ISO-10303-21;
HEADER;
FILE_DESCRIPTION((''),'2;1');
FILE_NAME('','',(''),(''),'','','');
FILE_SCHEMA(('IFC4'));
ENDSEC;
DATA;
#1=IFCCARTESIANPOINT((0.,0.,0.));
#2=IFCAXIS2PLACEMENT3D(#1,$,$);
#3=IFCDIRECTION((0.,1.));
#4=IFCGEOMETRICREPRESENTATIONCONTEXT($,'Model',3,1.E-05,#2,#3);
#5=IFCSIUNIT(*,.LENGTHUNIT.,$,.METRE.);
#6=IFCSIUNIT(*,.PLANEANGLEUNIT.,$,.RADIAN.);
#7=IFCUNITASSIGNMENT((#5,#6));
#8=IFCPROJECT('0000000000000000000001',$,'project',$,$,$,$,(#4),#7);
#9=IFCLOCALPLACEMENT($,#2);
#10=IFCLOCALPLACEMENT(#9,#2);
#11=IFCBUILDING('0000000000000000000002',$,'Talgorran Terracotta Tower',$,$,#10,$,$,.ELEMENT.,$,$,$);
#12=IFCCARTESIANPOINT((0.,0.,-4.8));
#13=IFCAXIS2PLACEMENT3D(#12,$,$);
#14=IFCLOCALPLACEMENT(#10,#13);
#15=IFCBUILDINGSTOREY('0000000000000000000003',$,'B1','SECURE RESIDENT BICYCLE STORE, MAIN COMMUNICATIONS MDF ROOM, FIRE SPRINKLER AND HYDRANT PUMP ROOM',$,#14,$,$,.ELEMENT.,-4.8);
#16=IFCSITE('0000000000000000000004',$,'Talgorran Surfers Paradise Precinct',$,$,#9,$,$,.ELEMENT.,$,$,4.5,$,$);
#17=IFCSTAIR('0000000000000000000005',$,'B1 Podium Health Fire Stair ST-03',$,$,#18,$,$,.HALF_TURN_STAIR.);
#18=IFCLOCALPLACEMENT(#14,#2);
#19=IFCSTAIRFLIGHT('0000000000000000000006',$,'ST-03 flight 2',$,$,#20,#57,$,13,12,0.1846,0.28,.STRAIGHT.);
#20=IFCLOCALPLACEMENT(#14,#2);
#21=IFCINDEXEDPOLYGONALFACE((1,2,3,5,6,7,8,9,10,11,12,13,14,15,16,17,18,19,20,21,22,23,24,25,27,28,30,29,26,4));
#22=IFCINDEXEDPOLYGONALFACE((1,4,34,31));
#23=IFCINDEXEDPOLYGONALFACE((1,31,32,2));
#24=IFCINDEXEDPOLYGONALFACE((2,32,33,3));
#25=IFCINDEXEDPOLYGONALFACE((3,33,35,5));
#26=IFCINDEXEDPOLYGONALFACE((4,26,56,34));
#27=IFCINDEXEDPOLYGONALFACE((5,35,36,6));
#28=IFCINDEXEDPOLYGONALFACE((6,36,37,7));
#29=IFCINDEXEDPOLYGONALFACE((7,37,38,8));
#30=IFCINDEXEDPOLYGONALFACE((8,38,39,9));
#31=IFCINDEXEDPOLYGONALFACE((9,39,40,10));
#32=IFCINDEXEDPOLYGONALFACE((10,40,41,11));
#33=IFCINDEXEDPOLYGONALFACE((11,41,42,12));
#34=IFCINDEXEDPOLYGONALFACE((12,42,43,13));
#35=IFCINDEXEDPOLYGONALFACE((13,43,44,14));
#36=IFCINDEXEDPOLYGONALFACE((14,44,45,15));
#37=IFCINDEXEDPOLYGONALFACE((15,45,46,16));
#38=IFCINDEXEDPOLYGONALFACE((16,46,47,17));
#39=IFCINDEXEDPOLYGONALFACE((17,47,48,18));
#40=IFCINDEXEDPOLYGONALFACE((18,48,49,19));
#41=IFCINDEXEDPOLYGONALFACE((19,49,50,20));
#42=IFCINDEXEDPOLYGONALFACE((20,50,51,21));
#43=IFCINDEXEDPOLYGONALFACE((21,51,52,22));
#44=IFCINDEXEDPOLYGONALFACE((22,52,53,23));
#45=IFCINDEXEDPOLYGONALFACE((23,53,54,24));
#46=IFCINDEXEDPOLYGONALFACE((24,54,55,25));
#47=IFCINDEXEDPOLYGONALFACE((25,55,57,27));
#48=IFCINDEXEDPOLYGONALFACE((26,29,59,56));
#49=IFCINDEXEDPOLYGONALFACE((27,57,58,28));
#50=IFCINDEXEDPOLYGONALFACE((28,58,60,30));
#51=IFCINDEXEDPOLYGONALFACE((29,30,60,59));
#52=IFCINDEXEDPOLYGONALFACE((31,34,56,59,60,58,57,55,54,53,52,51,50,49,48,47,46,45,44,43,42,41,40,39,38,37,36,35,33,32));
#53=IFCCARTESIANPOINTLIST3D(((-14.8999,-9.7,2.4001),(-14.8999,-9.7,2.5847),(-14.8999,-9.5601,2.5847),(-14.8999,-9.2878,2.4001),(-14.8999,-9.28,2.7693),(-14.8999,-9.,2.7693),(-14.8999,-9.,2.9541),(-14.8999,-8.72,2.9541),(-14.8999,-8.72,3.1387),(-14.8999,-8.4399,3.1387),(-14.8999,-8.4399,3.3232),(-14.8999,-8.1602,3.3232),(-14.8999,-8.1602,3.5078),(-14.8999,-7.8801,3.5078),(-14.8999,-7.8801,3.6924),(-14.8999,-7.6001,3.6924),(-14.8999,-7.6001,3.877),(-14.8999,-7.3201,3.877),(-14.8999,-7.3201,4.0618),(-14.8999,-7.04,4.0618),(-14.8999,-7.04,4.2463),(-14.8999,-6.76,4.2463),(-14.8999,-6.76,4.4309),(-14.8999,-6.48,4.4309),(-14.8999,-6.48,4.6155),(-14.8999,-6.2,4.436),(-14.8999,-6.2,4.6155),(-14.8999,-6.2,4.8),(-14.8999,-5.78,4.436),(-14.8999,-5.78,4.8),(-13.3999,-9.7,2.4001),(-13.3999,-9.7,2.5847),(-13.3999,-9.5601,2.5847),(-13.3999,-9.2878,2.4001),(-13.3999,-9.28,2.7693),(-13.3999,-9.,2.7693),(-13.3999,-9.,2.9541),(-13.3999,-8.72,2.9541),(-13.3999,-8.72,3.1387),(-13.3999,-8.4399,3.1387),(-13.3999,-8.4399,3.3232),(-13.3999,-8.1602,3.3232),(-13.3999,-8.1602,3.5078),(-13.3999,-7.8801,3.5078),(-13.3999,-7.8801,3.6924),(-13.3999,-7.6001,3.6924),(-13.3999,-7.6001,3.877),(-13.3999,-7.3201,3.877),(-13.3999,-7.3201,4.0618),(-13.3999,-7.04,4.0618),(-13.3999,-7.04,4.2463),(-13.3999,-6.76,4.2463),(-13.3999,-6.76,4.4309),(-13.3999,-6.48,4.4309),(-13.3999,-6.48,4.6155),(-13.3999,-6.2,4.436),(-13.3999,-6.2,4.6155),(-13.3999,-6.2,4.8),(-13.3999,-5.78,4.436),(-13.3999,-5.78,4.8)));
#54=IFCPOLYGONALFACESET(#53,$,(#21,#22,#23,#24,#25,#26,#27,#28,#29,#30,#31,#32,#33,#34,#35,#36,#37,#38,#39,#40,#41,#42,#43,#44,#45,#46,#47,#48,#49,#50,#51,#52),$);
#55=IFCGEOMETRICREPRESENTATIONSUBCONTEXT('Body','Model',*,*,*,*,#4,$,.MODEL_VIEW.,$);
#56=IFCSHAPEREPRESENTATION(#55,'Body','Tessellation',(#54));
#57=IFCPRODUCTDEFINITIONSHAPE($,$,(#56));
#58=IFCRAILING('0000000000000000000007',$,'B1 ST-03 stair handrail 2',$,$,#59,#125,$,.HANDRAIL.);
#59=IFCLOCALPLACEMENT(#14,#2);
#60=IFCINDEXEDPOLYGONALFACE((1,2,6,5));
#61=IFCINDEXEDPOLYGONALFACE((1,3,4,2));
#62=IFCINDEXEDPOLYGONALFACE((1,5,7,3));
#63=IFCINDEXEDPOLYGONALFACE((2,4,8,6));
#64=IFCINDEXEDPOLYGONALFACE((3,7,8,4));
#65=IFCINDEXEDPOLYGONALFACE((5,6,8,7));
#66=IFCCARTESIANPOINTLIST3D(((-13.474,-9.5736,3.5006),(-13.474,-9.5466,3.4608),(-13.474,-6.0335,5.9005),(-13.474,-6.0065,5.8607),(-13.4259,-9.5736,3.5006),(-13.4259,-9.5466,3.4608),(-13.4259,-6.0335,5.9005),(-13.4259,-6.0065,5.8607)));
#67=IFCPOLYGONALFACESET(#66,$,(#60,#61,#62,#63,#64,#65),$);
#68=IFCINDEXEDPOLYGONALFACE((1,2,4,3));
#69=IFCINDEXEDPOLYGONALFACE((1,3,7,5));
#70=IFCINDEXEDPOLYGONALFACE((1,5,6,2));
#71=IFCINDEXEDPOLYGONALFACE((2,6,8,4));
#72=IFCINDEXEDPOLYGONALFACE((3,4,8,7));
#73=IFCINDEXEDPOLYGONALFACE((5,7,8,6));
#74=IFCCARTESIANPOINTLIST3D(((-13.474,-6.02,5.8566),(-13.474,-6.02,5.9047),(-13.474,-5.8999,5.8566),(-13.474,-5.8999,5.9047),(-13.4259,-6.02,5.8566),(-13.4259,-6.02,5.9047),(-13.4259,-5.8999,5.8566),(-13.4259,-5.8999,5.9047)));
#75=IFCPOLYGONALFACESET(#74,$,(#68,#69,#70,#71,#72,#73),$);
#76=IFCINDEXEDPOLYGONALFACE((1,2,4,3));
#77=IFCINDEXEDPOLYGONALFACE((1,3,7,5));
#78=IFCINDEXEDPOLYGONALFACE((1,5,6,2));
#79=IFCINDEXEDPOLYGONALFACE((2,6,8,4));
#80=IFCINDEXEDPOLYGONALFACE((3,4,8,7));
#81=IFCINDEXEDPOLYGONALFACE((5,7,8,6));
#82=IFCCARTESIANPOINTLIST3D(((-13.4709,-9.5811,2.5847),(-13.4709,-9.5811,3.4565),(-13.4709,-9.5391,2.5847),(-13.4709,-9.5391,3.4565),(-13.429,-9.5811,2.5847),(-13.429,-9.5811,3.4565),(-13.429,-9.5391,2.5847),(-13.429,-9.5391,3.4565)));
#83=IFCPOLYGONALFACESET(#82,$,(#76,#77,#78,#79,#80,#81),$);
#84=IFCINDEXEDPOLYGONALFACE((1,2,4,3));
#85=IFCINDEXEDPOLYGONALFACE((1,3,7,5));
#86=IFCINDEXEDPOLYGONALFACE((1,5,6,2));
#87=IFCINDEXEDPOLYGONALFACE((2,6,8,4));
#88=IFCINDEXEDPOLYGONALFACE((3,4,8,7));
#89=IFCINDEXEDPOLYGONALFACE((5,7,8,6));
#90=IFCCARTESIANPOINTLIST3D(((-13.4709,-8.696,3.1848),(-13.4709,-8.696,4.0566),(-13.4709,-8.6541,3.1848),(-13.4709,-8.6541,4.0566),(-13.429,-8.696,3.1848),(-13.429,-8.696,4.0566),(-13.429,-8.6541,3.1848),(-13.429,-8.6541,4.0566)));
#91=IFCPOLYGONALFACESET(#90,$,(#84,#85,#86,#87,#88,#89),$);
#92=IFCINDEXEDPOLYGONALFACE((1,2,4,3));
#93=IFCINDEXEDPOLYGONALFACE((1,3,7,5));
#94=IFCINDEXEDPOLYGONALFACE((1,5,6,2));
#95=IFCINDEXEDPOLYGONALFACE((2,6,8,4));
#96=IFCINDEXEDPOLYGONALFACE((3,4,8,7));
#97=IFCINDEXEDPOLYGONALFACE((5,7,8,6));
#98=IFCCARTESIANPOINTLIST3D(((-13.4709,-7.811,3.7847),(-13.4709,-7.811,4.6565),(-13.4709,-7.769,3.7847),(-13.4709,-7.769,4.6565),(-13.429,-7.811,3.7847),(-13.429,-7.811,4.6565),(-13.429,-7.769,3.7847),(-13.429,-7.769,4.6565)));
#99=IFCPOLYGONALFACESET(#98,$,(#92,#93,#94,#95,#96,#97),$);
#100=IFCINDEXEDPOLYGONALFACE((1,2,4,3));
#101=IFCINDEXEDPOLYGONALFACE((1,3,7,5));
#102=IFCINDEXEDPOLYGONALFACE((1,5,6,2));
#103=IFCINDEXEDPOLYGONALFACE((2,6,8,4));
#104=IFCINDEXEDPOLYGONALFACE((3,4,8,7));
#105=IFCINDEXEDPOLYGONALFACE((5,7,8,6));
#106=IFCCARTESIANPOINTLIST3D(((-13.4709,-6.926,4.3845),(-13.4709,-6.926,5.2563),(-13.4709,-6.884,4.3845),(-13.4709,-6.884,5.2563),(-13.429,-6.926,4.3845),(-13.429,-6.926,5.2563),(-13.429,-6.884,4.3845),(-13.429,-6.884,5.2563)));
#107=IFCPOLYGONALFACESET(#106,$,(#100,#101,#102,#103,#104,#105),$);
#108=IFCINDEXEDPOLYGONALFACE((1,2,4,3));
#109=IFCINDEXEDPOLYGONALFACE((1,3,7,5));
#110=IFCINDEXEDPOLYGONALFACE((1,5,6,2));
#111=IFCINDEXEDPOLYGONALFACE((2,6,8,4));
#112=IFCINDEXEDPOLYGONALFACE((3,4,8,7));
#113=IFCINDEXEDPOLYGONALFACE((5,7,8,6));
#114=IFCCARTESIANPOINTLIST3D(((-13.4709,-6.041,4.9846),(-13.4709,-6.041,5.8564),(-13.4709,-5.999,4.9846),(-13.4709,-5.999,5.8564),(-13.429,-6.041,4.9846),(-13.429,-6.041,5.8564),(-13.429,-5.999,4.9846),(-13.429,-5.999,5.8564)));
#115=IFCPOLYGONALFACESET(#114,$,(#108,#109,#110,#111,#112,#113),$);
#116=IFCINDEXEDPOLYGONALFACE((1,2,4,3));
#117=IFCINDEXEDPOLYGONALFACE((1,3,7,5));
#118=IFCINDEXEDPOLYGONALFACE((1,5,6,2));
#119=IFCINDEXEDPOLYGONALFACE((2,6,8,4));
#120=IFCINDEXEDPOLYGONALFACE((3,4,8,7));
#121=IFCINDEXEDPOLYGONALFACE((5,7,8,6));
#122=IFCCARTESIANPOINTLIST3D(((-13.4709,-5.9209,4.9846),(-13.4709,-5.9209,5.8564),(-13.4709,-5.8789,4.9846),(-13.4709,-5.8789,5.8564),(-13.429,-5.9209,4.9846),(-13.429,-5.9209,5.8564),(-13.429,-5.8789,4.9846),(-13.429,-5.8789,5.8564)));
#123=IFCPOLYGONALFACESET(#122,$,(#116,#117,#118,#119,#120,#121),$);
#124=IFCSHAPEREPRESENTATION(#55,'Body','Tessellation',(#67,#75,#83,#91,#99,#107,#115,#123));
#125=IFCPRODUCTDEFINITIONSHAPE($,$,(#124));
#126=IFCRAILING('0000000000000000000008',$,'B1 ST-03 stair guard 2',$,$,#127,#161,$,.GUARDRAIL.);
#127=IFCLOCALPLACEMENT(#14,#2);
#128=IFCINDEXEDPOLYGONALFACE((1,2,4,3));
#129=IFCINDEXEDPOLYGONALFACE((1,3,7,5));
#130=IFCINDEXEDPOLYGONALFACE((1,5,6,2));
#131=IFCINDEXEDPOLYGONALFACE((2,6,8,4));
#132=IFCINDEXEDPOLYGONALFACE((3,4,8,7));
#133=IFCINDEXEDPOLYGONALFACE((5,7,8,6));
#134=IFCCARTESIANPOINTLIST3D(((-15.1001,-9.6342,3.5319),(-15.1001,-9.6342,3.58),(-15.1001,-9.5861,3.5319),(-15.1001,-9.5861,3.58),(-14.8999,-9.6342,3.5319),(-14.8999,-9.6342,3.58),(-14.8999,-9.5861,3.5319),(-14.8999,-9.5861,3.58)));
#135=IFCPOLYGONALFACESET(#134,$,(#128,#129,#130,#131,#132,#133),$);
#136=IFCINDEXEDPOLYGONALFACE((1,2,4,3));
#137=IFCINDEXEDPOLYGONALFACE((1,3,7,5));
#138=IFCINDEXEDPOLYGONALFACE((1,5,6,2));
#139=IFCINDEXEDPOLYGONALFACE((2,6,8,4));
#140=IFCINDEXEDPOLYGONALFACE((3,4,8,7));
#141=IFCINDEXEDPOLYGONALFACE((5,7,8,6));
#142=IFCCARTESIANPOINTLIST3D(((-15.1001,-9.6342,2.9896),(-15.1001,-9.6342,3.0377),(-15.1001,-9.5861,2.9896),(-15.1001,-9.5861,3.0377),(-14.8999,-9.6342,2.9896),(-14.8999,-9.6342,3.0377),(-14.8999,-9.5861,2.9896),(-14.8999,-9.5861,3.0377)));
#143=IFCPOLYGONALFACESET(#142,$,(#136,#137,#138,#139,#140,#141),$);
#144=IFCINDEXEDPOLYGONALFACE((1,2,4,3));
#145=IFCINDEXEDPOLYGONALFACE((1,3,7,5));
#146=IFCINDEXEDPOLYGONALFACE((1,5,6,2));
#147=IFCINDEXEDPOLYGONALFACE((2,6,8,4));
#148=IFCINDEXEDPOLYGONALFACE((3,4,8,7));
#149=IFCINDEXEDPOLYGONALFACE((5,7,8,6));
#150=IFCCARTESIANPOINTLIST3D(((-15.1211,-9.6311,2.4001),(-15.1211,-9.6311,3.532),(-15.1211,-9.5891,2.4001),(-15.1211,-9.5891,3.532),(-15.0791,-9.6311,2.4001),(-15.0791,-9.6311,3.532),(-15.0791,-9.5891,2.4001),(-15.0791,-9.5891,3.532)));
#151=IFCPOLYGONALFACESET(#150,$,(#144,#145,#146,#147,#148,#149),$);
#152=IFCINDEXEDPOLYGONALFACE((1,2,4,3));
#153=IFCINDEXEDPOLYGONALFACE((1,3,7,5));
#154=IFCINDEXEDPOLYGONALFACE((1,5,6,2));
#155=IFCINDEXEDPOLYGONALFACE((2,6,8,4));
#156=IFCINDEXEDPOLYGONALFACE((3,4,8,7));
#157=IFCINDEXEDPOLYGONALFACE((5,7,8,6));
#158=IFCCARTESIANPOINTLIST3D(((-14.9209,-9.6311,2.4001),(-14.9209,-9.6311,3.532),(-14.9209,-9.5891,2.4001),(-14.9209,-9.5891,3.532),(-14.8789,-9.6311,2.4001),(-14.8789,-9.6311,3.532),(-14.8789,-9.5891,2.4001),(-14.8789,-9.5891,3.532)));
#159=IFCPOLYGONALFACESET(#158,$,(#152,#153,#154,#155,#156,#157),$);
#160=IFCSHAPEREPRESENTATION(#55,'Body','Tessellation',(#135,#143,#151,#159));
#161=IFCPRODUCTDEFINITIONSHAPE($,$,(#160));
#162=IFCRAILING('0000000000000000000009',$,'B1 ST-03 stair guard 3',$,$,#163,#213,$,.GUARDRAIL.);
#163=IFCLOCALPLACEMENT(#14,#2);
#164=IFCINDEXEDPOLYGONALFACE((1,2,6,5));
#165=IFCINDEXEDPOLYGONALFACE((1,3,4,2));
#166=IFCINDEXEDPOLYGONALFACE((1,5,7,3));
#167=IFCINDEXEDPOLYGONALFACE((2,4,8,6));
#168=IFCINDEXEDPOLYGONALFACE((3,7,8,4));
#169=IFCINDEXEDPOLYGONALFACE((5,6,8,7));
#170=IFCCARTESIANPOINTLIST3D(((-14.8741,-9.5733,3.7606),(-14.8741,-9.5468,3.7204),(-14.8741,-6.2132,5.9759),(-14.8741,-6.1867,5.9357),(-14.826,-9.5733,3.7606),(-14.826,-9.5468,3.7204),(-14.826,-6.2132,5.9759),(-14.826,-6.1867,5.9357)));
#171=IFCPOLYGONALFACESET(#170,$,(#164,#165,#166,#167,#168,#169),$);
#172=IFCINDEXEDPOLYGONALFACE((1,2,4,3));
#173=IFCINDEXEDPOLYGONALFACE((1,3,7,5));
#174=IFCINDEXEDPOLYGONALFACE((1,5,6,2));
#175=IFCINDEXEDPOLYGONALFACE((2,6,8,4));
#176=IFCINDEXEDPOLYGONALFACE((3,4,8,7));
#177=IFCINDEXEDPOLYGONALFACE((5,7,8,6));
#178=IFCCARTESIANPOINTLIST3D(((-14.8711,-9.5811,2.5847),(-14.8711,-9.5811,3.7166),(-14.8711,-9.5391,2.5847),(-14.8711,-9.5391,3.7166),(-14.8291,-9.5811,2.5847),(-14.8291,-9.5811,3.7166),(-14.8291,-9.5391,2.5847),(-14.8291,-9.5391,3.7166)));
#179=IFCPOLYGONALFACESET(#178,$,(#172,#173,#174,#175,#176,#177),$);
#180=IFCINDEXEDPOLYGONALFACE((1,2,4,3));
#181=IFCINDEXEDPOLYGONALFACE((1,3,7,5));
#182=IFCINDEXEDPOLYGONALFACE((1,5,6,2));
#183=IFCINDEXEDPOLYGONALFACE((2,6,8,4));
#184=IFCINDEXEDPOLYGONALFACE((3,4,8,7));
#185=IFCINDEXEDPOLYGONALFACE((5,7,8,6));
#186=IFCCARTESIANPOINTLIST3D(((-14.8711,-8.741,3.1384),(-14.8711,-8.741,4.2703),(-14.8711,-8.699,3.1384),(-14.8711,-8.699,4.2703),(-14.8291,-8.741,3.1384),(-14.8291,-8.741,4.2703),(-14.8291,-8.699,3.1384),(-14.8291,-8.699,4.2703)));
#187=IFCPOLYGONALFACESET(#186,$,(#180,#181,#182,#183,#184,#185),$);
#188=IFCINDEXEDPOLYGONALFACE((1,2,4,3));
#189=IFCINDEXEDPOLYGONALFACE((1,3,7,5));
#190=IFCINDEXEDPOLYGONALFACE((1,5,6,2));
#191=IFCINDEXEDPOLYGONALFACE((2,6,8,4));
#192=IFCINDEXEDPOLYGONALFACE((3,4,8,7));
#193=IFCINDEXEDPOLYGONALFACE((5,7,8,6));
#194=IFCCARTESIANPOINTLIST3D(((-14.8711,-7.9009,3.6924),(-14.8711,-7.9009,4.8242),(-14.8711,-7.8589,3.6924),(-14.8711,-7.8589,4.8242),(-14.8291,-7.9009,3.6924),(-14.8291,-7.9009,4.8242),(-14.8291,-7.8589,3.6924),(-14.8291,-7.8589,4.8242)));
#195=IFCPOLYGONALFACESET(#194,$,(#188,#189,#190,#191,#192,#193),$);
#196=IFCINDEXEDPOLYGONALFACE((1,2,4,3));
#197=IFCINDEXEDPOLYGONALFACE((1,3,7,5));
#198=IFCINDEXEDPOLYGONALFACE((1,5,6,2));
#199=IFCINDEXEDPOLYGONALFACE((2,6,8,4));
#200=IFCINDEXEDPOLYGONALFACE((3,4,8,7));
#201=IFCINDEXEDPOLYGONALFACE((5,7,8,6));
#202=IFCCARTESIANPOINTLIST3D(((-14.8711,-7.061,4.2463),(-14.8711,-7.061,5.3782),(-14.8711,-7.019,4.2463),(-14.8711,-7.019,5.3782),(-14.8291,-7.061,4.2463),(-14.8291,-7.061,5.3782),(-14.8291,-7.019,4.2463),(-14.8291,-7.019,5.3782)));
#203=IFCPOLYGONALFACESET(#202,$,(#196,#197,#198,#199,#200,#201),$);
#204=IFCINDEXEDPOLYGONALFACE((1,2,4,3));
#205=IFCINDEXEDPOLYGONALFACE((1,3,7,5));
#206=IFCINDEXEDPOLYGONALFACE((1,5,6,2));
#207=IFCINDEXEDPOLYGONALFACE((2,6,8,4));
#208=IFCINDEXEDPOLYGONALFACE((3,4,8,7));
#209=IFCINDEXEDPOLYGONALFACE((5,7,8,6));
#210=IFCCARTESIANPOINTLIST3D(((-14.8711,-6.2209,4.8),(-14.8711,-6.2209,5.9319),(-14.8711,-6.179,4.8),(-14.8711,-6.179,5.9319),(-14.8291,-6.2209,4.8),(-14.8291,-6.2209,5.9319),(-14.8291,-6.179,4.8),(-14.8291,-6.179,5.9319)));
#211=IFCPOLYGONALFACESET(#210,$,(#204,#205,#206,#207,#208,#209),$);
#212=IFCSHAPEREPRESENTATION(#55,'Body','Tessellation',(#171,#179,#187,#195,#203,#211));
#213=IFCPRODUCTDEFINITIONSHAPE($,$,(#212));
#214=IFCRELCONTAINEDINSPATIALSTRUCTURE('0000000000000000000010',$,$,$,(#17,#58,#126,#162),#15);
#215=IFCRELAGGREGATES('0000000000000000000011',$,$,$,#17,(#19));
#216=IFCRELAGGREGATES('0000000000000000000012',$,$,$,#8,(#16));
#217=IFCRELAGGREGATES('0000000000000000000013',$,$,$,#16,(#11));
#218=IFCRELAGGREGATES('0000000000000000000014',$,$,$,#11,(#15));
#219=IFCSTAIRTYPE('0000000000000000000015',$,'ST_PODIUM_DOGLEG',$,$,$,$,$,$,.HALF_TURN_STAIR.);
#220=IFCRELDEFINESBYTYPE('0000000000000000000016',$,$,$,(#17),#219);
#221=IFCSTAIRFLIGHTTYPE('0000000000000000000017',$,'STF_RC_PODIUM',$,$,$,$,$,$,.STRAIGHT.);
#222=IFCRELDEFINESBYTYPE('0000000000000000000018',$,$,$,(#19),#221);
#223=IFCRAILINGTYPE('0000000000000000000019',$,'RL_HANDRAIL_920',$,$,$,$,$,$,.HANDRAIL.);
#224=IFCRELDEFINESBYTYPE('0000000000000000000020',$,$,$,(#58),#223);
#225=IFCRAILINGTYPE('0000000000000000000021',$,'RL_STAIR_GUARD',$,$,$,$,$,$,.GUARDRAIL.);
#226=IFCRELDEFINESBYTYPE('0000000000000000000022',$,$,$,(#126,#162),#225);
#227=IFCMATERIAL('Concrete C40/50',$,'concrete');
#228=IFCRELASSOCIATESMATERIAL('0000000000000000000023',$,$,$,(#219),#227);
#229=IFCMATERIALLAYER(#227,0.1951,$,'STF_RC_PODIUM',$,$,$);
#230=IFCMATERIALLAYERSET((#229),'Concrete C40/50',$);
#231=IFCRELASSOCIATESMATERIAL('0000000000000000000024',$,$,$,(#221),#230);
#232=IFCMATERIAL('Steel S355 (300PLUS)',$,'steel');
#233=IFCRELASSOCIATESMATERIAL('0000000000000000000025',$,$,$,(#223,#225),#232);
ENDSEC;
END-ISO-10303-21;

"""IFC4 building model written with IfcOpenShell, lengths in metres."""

from ifc_helpers import new_model, si_unit, direction, frame, origin, origin_2d, place, context, subcontext, project, spatial, polyline, rectangle, outline, extrude, material, layer, layer_set, type_object, element, aggregate, save


model = new_model("IFC4")

# Units and contexts
model_context = context("Model", 3, precision=1e-05, world=origin(), true_north=direction((0.0, 1.0)))
body_context = subcontext(model_context, "Body", "Model", "MODEL_VIEW")
ifc_project = project(units=[si_unit("LENGTHUNIT", "METRE"), si_unit("PLANEANGLEUNIT", "RADIAN")], contexts=[model_context])

# Site, building, storey
site_placement = place(None, origin())
site = spatial("IfcSite", under=ifc_project, at=site_placement, Name="Talgorran Surfers Paradise Precinct", CompositionType="ELEMENT", RefElevation=4.5)
building_placement = place(site_placement, origin())
building = spatial("IfcBuilding", under=site, at=building_placement, Name="Talgorran Terracotta Tower", CompositionType="ELEMENT")
storey_placement = place(building_placement, frame((0.0, 0.0, -4.8)))
storey = spatial("IfcBuildingStorey", under=building, at=storey_placement, Name="B1", Description="SECURE RESIDENT BICYCLE STORE, MAIN COMMUNICATIONS MDF ROOM, FIRE SPRINKLER AND HYDRANT PUMP ROOM", CompositionType="ELEMENT", Elevation=-4.8)

# Shared definitions
ifc_material_1 = material(Name="Steel S355 (300PLUS)", Category="steel")

# Stair, stair flight
ifc_material_2 = material(Name="Concrete C40/50", Category="concrete")
stair_type = type_object("IfcStairType", Name="ST_PODIUM_DOGLEG", PredefinedType="HALF_TURN_STAIR", material=ifc_material_2)
stair_placement = place(storey_placement, origin())
stair = element("IfcStair", 1, at=stair_placement, inside=storey, type_object=stair_type, Name="B1 Podium Health Fire Stair ST-03", PredefinedType="HALF_TURN_STAIR")
ifc_layer_1 = layer(ifc_material_2, 0.1951, Name="STF_RC_PODIUM")
ifc_layer_set_1 = layer_set([ifc_layer_1], Name="Concrete C40/50")
stair_flight_type = type_object("IfcStairFlightType", Name="STF_RC_PODIUM", PredefinedType="STRAIGHT", material=ifc_layer_set_1)
stair_flight_placement = place(storey_placement, frame((-14.1499, -9.5601, 2.4001), z_axis=(0.0, 0.0, 1.0), x_axis=(0.0, 1.0, 0.0)))
stair_flight = element("IfcStairFlight", 2, at=stair_flight_placement, type_object=stair_flight_type, Name="ST-03 flight 2", NumberOfRisers=13, NumberOfTreads=12, PredefinedType="STRAIGHT", RiserHeight=0.1846, TreadLength=0.28, context=body_context, shape_type="SweptSolid", body=[
    extrude(outline(polyline([(-0.1399, 0.0), (-0.1399, 0.1846), (0.0, 0.1846), (0.28, 0.3691), (0.5601, 0.3691), (0.5601, 0.554), (0.8401, 0.554), (0.8401, 0.7385), (1.1201, 0.7385), (1.1201, 0.9231), (1.3999, 0.9231), (1.3999, 1.1077), (1.6799, 1.1077), (1.6799, 1.2922), (1.96, 1.2922), (1.96, 1.4768), (2.24, 1.4768), (2.24, 1.6616), (2.52, 1.6616), (2.52, 1.8462), (2.8, 1.8462), (2.8, 2.0308), (3.0801, 2.0308), (3.0801, 2.2153), (3.3601, 2.2153), (3.3601, 2.3999), (3.78, 2.3999), (3.78, 2.0359), (3.3601, 2.0359), (0.2722, 0.0), (-0.1399, 0.0)])), frame((0.0, 0.75, 0.0), z_axis=(0.0, -1.0, 0.0), x_axis=(1.0, 0.0, 0.0)), (0.0, 0.0, 1.0), 1.5),
])
aggregate(stair, [stair_flight])

# Railings
railing_type_1 = type_object("IfcRailingType", Name="RL_HANDRAIL_920", PredefinedType="HANDRAIL", material=ifc_material_1)
railing_1_placement = place(storey_placement, frame((-13.45, -9.5601, 2.5847)))
element("IfcRailing", 3, at=railing_1_placement, inside=storey, type_object=railing_type_1, Name="B1 ST-03 stair handrail 2", PredefinedType="HANDRAIL", context=body_context, shape_type="SweptSolid", body=[
    extrude(rectangle(XDim=0.0481, YDim=0.0481, at=origin_2d()), frame((0.0, 0.0, 0.896), z_axis=(0.0, 0.827722, 0.561138), x_axis=(-1.0, 0.0, 0.0)), (0.0, 0.0, 1.0), 4.2769),
    extrude(rectangle(XDim=0.0481, YDim=0.0481, at=origin_2d()), frame((0.0, 3.54, 3.2959), z_axis=(0.0, 1.0, 0.0), x_axis=(-1.0, 0.0, 0.0)), (0.0, 0.0, 1.0), 0.1201),
    extrude(rectangle(XDim=0.042, YDim=0.042, at=origin_2d()), origin(), (0.0, 0.0, 1.0), 0.8718),
    extrude(rectangle(XDim=0.042, YDim=0.042, at=origin_2d()), frame((0.0, 0.885, 0.6001)), (0.0, 0.0, 1.0), 0.8718),
    extrude(rectangle(XDim=0.042, YDim=0.042, at=origin_2d()), frame((0.0, 1.77, 1.2)), (0.0, 0.0, 1.0), 0.8718),
    extrude(rectangle(XDim=0.042, YDim=0.042, at=origin_2d()), frame((0.0, 2.655, 1.7998)), (0.0, 0.0, 1.0), 0.8718),
    extrude(rectangle(XDim=0.042, YDim=0.042, at=origin_2d()), frame((0.0, 3.54, 2.3999)), (0.0, 0.0, 1.0), 0.8718),
    extrude(rectangle(XDim=0.042, YDim=0.042, at=origin_2d()), frame((0.0, 3.6602, 2.3999)), (0.0, 0.0, 1.0), 0.8718),
])
railing_type_2 = type_object("IfcRailingType", Name="RL_STAIR_GUARD", PredefinedType="GUARDRAIL", material=ifc_material_1)
railing_2_placement = place(storey_placement, frame((-15.1001, -9.6101, 2.4001)))
element("IfcRailing", 4, at=railing_2_placement, inside=storey, type_object=railing_type_2, Name="B1 ST-03 stair guard 2", PredefinedType="GUARDRAIL", context=body_context, shape_type="SweptSolid", body=[
    extrude(rectangle(XDim=0.0481, YDim=0.0481, at=origin_2d()), frame((0.0, 0.0, 1.1558), z_axis=(1.0, 0.0, 0.0), x_axis=(0.0, 1.0, 0.0)), (0.0, 0.0, 1.0), 0.2002),
    extrude(rectangle(XDim=0.0481, YDim=0.0481, at=origin_2d()), frame((0.0, 0.0, 0.6135), z_axis=(1.0, 0.0, 0.0), x_axis=(0.0, 1.0, 0.0)), (0.0, 0.0, 1.0), 0.2002),
    extrude(rectangle(XDim=0.042, YDim=0.042, at=origin_2d()), origin(), (0.0, 0.0, 1.0), 1.1318),
    extrude(rectangle(XDim=0.042, YDim=0.042, at=origin_2d()), frame((0.2002, 0.0, 0.0)), (0.0, 0.0, 1.0), 1.1318),
])
railing_3_placement = place(storey_placement, frame((-14.8501, -9.5601, 2.5847)))
element("IfcRailing", 5, at=railing_3_placement, inside=storey, type_object=railing_type_2, Name="B1 ST-03 stair guard 3", PredefinedType="GUARDRAIL", context=body_context, shape_type="SweptSolid", body=[
    extrude(rectangle(XDim=0.0481, YDim=0.0481, at=origin_2d()), frame((0.0, 0.0, 1.1558), z_axis=(0.0, 0.834876, 0.550437), x_axis=(-1.0, 0.0, 0.0)), (0.0, 0.0, 1.0), 4.0247),
    extrude(rectangle(XDim=0.042, YDim=0.042, at=origin_2d()), origin(), (0.0, 0.0, 1.0), 1.1318),
    extrude(rectangle(XDim=0.042, YDim=0.042, at=origin_2d()), frame((0.0, 0.8401, 0.5537)), (0.0, 0.0, 1.0), 1.1318),
    extrude(rectangle(XDim=0.042, YDim=0.042, at=origin_2d()), frame((0.0, 1.6802, 1.1077)), (0.0, 0.0, 1.0), 1.1318),
    extrude(rectangle(XDim=0.042, YDim=0.042, at=origin_2d()), frame((0.0, 2.52, 1.6616)), (0.0, 0.0, 1.0), 1.1318),
    extrude(rectangle(XDim=0.042, YDim=0.042, at=origin_2d()), frame((0.0, 3.3601, 2.2153)), (0.0, 0.0, 1.0), 1.1318),
])

save(model, "model.ifc")
